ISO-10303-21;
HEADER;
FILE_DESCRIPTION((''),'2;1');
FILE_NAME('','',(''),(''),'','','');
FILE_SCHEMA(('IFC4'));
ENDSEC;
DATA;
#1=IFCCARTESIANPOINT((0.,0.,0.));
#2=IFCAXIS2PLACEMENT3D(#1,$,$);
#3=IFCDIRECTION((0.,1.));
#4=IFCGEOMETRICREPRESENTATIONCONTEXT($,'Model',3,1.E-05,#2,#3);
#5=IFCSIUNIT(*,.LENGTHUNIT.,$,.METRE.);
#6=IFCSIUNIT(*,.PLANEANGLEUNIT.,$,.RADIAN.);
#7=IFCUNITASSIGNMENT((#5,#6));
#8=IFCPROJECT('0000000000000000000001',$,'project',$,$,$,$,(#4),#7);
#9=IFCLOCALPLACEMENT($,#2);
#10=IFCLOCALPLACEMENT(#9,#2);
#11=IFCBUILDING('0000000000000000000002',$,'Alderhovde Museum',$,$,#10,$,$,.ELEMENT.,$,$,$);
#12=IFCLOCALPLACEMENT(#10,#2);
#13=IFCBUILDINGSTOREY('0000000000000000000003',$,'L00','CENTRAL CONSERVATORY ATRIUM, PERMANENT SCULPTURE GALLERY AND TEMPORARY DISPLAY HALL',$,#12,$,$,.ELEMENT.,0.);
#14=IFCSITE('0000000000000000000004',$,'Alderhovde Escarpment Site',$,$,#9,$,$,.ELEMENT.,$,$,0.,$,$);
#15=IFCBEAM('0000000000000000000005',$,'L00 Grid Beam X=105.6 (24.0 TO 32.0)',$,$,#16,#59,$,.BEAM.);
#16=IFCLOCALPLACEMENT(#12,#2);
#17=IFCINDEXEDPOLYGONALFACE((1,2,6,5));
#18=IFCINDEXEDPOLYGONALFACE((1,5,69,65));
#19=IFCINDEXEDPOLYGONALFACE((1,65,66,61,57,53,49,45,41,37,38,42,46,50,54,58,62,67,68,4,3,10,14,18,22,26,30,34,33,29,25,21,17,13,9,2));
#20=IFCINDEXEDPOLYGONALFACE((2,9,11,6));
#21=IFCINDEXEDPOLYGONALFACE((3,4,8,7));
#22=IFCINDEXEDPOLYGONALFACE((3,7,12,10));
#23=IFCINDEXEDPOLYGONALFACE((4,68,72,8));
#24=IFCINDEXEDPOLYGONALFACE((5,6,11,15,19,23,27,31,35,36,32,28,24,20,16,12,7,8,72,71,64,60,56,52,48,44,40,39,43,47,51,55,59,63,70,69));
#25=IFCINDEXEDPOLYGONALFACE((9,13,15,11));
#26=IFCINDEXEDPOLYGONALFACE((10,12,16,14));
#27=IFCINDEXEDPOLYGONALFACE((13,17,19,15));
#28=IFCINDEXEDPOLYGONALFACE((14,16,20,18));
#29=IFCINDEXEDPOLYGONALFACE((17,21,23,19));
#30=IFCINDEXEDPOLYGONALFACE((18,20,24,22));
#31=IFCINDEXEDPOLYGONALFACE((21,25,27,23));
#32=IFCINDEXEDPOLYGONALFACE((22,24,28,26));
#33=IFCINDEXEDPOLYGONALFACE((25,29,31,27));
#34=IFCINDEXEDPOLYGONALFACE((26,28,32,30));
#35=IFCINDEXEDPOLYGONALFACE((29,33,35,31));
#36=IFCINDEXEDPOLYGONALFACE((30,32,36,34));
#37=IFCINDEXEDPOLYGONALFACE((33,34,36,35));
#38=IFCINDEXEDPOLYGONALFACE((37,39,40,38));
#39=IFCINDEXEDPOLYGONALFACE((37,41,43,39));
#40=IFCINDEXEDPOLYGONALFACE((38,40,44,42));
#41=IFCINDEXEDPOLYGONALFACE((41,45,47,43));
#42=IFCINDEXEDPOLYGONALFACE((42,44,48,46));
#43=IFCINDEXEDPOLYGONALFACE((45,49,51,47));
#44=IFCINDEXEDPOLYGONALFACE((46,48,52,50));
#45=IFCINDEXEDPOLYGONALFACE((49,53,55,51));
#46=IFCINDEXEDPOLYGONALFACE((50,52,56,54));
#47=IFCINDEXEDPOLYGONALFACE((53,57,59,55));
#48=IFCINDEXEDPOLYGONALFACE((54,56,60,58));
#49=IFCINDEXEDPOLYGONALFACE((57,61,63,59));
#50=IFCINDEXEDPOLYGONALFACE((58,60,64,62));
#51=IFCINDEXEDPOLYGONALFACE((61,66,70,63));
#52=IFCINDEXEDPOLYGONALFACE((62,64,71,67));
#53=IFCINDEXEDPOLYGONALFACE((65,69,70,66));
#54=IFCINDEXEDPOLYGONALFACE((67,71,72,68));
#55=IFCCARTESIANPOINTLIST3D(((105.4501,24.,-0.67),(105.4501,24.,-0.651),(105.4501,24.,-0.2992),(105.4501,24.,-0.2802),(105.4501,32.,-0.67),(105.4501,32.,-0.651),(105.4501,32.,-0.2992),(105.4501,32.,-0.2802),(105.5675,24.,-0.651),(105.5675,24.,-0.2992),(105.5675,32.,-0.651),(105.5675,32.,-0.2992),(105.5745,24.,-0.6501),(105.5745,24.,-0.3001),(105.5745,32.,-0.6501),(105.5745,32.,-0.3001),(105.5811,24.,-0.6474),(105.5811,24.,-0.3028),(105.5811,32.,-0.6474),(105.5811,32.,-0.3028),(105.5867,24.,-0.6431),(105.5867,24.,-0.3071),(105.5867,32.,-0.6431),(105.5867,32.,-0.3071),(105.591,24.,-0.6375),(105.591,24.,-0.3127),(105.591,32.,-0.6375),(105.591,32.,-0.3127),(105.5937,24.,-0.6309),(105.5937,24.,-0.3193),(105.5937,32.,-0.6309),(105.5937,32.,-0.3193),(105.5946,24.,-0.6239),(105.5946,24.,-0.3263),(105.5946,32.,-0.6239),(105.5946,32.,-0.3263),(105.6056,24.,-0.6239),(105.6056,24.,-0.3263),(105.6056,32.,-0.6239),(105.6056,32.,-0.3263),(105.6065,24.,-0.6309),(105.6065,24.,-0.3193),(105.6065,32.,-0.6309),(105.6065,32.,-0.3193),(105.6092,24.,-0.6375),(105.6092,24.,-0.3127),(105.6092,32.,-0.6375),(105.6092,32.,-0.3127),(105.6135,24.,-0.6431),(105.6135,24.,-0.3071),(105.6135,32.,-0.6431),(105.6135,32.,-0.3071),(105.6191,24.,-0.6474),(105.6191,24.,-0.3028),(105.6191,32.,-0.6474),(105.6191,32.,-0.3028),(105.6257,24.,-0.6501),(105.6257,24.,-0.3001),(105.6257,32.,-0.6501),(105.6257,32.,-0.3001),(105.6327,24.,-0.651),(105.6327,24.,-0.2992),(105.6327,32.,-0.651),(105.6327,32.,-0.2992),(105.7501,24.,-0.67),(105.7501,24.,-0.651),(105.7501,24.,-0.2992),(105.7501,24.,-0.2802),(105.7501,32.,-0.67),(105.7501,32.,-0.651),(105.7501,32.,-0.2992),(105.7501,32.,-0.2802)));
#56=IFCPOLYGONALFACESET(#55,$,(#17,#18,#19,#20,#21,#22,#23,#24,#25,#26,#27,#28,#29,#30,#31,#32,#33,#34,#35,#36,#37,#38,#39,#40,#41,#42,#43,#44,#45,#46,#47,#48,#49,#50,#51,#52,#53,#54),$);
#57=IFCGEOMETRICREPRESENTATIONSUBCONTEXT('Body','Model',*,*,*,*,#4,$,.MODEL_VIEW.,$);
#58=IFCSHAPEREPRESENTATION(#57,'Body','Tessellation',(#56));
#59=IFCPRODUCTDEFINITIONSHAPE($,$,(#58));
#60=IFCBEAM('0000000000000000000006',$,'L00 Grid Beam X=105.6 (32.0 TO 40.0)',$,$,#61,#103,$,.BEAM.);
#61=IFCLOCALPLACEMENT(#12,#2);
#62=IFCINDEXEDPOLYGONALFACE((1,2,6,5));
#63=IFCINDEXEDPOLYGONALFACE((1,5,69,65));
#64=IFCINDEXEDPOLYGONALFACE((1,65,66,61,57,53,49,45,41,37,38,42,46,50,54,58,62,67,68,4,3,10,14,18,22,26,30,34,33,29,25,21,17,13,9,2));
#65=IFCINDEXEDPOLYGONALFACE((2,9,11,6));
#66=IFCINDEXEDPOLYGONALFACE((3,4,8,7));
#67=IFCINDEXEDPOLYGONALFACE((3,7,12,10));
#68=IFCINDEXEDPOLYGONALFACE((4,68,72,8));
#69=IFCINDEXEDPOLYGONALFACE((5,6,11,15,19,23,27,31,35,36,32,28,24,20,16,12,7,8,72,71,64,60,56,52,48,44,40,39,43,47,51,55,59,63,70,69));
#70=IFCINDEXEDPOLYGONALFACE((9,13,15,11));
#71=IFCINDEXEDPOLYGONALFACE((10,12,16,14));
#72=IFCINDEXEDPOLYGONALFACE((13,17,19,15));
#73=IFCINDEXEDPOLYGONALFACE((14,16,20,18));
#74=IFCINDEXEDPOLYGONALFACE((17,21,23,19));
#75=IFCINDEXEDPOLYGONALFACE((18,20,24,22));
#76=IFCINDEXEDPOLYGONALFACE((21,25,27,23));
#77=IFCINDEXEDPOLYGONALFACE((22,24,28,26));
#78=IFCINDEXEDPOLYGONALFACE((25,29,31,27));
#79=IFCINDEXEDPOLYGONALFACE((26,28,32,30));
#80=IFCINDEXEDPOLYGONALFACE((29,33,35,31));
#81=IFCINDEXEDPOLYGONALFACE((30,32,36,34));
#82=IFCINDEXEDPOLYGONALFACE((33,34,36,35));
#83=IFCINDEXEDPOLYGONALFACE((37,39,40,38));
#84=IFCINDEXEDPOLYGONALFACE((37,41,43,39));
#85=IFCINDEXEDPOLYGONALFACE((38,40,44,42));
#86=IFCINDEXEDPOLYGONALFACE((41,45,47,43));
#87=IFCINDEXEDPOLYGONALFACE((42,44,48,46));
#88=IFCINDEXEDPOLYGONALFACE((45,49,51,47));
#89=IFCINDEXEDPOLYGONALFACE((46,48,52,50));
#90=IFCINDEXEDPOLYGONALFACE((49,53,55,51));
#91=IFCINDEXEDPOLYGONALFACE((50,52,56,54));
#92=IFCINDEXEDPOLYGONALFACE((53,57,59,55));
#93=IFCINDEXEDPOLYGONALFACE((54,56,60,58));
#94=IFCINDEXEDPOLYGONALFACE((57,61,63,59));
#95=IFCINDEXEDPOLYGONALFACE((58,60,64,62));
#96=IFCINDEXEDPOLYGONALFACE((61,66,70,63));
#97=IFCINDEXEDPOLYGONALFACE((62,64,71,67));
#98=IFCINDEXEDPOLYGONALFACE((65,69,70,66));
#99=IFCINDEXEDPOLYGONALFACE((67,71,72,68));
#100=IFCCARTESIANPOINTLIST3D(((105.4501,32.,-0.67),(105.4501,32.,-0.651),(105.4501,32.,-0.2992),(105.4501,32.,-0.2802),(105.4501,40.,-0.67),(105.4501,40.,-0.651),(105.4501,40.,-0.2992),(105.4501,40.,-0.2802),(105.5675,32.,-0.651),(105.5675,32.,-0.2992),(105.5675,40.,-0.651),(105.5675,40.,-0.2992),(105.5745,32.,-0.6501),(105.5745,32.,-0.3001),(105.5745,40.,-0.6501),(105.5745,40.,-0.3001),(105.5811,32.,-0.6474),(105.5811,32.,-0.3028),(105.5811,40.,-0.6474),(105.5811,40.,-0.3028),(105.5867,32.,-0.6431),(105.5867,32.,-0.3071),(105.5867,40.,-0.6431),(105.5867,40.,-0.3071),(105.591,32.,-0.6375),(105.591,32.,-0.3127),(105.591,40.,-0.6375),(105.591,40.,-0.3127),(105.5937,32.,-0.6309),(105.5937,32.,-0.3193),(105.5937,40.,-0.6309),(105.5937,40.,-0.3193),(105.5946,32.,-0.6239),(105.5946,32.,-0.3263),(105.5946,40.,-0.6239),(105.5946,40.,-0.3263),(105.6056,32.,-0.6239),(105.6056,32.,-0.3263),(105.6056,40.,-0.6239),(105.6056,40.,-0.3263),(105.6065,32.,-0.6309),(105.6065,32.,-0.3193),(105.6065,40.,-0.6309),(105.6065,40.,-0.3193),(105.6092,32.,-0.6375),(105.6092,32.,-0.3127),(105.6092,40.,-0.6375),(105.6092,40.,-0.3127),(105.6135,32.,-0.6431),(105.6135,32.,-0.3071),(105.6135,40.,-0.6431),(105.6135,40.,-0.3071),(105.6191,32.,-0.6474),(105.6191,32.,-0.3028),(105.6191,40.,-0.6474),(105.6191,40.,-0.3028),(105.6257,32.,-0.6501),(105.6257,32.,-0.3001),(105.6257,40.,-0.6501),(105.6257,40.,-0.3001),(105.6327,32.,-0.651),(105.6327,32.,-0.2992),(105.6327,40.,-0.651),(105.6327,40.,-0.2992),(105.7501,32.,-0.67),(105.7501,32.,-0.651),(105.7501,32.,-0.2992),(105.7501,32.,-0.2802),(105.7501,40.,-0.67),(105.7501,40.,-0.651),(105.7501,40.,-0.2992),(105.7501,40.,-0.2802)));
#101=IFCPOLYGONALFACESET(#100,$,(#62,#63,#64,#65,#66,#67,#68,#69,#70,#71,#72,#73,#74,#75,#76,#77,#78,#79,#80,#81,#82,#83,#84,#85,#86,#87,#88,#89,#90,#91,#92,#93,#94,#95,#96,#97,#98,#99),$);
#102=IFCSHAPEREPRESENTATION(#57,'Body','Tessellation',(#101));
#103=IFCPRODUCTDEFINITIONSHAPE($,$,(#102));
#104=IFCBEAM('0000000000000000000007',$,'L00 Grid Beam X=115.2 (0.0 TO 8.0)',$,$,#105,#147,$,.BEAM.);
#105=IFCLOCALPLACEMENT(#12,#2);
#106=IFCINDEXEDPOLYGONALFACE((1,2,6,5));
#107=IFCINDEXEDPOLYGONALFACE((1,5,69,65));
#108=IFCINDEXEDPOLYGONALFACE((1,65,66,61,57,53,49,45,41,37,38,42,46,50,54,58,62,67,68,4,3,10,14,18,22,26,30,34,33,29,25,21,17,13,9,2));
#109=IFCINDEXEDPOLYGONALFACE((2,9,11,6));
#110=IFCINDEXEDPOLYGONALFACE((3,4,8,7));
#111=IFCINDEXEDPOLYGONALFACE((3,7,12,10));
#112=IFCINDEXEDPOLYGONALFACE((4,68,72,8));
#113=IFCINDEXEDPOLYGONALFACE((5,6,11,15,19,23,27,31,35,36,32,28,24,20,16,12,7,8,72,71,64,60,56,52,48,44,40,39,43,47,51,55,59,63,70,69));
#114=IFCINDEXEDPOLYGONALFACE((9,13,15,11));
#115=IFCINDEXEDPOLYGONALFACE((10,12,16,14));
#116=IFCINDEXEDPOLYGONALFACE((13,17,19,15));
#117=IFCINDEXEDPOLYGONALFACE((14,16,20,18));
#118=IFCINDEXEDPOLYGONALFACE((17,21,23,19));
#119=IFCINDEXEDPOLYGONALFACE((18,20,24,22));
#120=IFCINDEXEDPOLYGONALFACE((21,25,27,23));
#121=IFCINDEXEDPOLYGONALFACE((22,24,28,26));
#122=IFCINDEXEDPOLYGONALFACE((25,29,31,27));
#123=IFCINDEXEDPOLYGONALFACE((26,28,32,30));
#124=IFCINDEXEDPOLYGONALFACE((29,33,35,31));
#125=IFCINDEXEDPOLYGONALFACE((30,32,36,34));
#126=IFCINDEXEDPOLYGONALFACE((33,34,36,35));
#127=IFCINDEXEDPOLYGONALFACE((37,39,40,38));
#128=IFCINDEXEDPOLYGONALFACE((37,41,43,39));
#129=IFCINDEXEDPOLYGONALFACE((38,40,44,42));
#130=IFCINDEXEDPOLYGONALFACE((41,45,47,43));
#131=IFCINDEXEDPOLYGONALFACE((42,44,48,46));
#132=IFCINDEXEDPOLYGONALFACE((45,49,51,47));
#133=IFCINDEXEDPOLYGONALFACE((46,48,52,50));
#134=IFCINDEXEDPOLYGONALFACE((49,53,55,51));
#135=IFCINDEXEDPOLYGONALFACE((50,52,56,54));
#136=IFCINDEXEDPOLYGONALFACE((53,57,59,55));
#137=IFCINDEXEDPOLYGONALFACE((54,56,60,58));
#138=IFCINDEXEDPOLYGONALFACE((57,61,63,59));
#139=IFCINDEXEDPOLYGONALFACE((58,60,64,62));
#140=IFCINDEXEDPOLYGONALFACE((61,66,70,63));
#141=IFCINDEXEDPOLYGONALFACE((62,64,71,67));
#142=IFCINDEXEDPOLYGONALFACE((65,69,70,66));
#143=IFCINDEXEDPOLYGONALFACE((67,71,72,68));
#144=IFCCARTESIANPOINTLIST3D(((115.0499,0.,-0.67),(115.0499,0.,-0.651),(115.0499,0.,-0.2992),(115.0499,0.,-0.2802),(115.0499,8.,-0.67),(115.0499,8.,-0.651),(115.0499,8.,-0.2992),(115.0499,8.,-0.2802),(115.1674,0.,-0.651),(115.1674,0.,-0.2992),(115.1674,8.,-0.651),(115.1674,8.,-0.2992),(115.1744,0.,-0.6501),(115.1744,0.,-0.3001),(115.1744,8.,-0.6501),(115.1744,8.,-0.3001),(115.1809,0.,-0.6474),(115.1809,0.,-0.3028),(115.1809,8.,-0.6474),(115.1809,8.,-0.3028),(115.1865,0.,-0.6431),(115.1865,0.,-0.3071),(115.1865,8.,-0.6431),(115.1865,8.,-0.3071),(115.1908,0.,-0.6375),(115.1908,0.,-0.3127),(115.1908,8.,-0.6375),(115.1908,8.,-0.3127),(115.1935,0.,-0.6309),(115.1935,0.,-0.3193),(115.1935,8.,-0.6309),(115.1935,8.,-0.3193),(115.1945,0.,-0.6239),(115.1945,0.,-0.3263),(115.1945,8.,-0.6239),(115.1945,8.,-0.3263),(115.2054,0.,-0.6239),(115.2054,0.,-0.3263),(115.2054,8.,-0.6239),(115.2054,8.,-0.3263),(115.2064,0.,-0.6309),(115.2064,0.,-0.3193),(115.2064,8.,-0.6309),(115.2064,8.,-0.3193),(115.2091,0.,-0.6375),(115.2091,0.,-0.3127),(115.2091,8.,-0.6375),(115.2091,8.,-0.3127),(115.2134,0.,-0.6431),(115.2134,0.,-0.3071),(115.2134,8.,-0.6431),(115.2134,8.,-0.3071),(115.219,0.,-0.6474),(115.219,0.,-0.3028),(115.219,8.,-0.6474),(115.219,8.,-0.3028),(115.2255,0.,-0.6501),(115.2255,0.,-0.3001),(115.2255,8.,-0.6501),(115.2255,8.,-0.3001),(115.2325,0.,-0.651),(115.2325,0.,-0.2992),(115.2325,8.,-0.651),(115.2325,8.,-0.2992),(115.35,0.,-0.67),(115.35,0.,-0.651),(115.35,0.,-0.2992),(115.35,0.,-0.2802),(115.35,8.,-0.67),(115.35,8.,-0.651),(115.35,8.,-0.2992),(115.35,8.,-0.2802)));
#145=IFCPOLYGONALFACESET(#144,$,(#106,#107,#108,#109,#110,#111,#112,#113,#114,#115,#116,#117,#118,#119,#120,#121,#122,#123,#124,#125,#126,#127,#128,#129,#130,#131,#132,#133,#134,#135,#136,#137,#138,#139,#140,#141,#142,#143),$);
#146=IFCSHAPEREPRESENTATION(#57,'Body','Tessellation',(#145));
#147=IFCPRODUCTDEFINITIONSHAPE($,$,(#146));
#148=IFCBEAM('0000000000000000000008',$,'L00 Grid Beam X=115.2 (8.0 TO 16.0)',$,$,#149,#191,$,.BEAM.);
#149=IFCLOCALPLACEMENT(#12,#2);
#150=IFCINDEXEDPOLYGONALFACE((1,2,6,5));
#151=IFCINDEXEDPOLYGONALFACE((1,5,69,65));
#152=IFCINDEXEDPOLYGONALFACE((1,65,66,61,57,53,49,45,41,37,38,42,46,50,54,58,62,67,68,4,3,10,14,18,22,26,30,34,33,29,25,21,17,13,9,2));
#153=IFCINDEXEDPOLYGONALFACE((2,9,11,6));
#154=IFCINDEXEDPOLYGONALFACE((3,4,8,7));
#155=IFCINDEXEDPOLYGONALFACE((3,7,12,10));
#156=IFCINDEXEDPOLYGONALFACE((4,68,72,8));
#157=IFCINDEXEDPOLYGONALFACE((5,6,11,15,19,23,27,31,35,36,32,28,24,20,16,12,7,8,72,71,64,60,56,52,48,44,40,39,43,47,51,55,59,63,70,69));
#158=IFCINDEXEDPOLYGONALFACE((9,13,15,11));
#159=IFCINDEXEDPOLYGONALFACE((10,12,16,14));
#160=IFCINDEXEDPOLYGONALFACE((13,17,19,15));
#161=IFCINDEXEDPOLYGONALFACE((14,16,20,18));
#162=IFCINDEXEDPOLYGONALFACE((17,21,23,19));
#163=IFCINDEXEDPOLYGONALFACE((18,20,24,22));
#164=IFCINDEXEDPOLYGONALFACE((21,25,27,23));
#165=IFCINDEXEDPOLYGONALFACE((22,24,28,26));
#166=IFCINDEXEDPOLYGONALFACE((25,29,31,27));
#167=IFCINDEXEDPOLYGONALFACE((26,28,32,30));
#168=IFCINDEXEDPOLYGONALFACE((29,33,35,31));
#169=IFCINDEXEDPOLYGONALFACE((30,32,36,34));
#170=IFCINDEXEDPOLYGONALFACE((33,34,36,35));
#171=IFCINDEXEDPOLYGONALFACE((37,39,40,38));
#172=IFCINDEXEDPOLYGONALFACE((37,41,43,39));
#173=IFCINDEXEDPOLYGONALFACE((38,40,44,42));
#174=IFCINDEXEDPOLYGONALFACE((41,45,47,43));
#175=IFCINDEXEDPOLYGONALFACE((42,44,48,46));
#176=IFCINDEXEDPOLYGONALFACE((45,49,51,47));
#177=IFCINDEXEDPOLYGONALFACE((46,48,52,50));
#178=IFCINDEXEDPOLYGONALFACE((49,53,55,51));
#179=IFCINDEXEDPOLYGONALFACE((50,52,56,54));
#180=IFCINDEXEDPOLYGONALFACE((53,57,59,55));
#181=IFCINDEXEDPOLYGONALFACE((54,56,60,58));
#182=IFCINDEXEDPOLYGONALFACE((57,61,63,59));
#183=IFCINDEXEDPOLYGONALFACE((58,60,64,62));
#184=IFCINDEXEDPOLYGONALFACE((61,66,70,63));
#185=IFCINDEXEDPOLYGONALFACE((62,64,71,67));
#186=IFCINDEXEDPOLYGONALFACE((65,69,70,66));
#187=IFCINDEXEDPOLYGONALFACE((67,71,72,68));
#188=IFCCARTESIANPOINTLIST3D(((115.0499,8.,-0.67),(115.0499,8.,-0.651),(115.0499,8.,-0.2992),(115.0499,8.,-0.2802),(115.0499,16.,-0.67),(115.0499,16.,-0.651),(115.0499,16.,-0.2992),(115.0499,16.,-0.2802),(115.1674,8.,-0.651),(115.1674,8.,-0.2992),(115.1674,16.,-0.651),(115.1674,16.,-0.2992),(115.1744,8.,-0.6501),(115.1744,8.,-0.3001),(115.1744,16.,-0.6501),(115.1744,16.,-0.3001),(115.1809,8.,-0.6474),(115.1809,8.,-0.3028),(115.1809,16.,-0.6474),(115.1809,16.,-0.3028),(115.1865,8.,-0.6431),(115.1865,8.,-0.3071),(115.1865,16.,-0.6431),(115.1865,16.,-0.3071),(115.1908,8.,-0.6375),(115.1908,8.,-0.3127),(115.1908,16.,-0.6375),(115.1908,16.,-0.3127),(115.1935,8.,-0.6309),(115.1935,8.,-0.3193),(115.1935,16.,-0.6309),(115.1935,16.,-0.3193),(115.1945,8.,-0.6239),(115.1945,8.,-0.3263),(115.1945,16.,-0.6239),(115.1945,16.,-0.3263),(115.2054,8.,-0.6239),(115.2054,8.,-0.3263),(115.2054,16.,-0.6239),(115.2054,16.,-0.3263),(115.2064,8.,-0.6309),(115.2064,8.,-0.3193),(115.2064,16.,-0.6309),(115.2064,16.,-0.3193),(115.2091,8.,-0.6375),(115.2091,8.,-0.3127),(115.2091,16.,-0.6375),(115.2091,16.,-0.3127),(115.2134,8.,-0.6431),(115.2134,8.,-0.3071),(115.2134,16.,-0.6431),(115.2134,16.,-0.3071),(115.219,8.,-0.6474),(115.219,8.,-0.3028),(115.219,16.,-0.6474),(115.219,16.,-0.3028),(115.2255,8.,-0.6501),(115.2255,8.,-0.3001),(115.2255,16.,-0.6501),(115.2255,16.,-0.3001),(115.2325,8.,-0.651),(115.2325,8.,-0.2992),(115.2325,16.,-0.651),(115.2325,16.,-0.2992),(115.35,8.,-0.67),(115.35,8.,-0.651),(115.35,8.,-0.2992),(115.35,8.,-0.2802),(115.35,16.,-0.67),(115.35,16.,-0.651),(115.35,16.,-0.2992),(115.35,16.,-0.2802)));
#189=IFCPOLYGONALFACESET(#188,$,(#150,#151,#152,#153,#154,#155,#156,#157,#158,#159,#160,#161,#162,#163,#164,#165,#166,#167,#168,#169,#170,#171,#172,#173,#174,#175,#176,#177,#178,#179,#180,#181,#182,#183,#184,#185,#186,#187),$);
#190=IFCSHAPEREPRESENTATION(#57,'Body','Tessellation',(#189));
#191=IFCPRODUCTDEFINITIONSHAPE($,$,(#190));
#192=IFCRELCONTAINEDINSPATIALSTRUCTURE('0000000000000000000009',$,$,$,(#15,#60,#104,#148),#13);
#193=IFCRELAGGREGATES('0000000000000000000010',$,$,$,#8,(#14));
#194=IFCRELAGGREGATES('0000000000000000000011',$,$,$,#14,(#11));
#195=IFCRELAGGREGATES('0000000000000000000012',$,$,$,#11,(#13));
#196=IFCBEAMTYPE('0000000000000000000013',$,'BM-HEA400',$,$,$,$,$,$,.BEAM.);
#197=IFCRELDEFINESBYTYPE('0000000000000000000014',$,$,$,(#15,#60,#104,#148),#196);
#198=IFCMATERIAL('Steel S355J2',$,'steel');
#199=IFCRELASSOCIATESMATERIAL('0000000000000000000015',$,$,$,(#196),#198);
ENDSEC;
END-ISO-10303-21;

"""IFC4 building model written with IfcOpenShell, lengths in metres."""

from ifc_helpers import new_model, si_unit, direction, frame, origin, origin_2d, place, context, subcontext, project, spatial, i_section, extrude, material, material_profile, profile_set, type_object, element, save


model = new_model("IFC4")

# Units and contexts
model_context = context("Model", 3, precision=1e-05, world=origin(), true_north=direction((0.0, 1.0)))
body_context = subcontext(model_context, "Body", "Model", "MODEL_VIEW")
ifc_project = project(units=[si_unit("LENGTHUNIT", "METRE"), si_unit("PLANEANGLEUNIT", "RADIAN")], contexts=[model_context])

# Site, building, storey
site_placement = place(None, origin())
site = spatial("IfcSite", under=ifc_project, at=site_placement, Name="Alderhovde Escarpment Site", CompositionType="ELEMENT", RefElevation=0.0)
building_placement = place(site_placement, origin())
building = spatial("IfcBuilding", under=site, at=building_placement, Name="Alderhovde Museum", CompositionType="ELEMENT")
storey_placement = place(building_placement, origin())
storey = spatial("IfcBuildingStorey", under=building, at=storey_placement, Name="L00", Description="CENTRAL CONSERVATORY ATRIUM, PERMANENT SCULPTURE GALLERY AND TEMPORARY DISPLAY HALL", CompositionType="ELEMENT", Elevation=0.0)

# Beams
ifc_material_1 = material(Name="Steel S355J2", Category="steel")
ifc_material_profile_1 = material_profile(ifc_material_1, i_section(OverallWidth=0.3, OverallDepth=0.3899, WebThickness=0.011, FlangeThickness=0.019, FilletRadius=0.0271, at=origin_2d()), Name="HEA 400")
ifc_profile_set_1 = profile_set([ifc_material_profile_1], Name="Steel S355J2")
beam_type_1 = type_object("IfcBeamType", Name="BM-HEA400", PredefinedType="BEAM", material=ifc_profile_set_1)
for number, where, z_axis, x_axis, name in (
    (1, (105.6001, 24.0, -0.4751), (0.0, 1.0, 0.0), (-1.0, 0.0, 0.0), "L00 Grid Beam X=105.6 (24.0 TO 32.0)"),
    (2, (105.6001, 32.0, -0.4751), (0.0, 1.0, 0.0), (-1.0, 0.0, 0.0), "L00 Grid Beam X=105.6 (32.0 TO 40.0)"),
    (3, (115.2, 0.0, -0.4751), (0.0, 1.0, 0.0), (-1.0, 0.0, 0.0), "L00 Grid Beam X=115.2 (0.0 TO 8.0)"),
    (4, (115.2, 8.0, -0.4751), (0.0, 1.0, 0.0), (-1.0, 0.0, 0.0), "L00 Grid Beam X=115.2 (8.0 TO 16.0)"),
):
    element("IfcBeam", number, at=place(storey_placement, frame(where, z_axis=z_axis, x_axis=x_axis)), inside=storey, type_object=beam_type_1, Name=name, PredefinedType="BEAM", context=body_context, shape_type="SweptSolid", body=[
        extrude(i_section(OverallWidth=0.3, OverallDepth=0.3899, WebThickness=0.011, FlangeThickness=0.019, FilletRadius=0.0271, at=origin_2d()), origin(), (0.0, 0.0, 1.0), 8.0),
    ])

save(model, "model.ifc")
